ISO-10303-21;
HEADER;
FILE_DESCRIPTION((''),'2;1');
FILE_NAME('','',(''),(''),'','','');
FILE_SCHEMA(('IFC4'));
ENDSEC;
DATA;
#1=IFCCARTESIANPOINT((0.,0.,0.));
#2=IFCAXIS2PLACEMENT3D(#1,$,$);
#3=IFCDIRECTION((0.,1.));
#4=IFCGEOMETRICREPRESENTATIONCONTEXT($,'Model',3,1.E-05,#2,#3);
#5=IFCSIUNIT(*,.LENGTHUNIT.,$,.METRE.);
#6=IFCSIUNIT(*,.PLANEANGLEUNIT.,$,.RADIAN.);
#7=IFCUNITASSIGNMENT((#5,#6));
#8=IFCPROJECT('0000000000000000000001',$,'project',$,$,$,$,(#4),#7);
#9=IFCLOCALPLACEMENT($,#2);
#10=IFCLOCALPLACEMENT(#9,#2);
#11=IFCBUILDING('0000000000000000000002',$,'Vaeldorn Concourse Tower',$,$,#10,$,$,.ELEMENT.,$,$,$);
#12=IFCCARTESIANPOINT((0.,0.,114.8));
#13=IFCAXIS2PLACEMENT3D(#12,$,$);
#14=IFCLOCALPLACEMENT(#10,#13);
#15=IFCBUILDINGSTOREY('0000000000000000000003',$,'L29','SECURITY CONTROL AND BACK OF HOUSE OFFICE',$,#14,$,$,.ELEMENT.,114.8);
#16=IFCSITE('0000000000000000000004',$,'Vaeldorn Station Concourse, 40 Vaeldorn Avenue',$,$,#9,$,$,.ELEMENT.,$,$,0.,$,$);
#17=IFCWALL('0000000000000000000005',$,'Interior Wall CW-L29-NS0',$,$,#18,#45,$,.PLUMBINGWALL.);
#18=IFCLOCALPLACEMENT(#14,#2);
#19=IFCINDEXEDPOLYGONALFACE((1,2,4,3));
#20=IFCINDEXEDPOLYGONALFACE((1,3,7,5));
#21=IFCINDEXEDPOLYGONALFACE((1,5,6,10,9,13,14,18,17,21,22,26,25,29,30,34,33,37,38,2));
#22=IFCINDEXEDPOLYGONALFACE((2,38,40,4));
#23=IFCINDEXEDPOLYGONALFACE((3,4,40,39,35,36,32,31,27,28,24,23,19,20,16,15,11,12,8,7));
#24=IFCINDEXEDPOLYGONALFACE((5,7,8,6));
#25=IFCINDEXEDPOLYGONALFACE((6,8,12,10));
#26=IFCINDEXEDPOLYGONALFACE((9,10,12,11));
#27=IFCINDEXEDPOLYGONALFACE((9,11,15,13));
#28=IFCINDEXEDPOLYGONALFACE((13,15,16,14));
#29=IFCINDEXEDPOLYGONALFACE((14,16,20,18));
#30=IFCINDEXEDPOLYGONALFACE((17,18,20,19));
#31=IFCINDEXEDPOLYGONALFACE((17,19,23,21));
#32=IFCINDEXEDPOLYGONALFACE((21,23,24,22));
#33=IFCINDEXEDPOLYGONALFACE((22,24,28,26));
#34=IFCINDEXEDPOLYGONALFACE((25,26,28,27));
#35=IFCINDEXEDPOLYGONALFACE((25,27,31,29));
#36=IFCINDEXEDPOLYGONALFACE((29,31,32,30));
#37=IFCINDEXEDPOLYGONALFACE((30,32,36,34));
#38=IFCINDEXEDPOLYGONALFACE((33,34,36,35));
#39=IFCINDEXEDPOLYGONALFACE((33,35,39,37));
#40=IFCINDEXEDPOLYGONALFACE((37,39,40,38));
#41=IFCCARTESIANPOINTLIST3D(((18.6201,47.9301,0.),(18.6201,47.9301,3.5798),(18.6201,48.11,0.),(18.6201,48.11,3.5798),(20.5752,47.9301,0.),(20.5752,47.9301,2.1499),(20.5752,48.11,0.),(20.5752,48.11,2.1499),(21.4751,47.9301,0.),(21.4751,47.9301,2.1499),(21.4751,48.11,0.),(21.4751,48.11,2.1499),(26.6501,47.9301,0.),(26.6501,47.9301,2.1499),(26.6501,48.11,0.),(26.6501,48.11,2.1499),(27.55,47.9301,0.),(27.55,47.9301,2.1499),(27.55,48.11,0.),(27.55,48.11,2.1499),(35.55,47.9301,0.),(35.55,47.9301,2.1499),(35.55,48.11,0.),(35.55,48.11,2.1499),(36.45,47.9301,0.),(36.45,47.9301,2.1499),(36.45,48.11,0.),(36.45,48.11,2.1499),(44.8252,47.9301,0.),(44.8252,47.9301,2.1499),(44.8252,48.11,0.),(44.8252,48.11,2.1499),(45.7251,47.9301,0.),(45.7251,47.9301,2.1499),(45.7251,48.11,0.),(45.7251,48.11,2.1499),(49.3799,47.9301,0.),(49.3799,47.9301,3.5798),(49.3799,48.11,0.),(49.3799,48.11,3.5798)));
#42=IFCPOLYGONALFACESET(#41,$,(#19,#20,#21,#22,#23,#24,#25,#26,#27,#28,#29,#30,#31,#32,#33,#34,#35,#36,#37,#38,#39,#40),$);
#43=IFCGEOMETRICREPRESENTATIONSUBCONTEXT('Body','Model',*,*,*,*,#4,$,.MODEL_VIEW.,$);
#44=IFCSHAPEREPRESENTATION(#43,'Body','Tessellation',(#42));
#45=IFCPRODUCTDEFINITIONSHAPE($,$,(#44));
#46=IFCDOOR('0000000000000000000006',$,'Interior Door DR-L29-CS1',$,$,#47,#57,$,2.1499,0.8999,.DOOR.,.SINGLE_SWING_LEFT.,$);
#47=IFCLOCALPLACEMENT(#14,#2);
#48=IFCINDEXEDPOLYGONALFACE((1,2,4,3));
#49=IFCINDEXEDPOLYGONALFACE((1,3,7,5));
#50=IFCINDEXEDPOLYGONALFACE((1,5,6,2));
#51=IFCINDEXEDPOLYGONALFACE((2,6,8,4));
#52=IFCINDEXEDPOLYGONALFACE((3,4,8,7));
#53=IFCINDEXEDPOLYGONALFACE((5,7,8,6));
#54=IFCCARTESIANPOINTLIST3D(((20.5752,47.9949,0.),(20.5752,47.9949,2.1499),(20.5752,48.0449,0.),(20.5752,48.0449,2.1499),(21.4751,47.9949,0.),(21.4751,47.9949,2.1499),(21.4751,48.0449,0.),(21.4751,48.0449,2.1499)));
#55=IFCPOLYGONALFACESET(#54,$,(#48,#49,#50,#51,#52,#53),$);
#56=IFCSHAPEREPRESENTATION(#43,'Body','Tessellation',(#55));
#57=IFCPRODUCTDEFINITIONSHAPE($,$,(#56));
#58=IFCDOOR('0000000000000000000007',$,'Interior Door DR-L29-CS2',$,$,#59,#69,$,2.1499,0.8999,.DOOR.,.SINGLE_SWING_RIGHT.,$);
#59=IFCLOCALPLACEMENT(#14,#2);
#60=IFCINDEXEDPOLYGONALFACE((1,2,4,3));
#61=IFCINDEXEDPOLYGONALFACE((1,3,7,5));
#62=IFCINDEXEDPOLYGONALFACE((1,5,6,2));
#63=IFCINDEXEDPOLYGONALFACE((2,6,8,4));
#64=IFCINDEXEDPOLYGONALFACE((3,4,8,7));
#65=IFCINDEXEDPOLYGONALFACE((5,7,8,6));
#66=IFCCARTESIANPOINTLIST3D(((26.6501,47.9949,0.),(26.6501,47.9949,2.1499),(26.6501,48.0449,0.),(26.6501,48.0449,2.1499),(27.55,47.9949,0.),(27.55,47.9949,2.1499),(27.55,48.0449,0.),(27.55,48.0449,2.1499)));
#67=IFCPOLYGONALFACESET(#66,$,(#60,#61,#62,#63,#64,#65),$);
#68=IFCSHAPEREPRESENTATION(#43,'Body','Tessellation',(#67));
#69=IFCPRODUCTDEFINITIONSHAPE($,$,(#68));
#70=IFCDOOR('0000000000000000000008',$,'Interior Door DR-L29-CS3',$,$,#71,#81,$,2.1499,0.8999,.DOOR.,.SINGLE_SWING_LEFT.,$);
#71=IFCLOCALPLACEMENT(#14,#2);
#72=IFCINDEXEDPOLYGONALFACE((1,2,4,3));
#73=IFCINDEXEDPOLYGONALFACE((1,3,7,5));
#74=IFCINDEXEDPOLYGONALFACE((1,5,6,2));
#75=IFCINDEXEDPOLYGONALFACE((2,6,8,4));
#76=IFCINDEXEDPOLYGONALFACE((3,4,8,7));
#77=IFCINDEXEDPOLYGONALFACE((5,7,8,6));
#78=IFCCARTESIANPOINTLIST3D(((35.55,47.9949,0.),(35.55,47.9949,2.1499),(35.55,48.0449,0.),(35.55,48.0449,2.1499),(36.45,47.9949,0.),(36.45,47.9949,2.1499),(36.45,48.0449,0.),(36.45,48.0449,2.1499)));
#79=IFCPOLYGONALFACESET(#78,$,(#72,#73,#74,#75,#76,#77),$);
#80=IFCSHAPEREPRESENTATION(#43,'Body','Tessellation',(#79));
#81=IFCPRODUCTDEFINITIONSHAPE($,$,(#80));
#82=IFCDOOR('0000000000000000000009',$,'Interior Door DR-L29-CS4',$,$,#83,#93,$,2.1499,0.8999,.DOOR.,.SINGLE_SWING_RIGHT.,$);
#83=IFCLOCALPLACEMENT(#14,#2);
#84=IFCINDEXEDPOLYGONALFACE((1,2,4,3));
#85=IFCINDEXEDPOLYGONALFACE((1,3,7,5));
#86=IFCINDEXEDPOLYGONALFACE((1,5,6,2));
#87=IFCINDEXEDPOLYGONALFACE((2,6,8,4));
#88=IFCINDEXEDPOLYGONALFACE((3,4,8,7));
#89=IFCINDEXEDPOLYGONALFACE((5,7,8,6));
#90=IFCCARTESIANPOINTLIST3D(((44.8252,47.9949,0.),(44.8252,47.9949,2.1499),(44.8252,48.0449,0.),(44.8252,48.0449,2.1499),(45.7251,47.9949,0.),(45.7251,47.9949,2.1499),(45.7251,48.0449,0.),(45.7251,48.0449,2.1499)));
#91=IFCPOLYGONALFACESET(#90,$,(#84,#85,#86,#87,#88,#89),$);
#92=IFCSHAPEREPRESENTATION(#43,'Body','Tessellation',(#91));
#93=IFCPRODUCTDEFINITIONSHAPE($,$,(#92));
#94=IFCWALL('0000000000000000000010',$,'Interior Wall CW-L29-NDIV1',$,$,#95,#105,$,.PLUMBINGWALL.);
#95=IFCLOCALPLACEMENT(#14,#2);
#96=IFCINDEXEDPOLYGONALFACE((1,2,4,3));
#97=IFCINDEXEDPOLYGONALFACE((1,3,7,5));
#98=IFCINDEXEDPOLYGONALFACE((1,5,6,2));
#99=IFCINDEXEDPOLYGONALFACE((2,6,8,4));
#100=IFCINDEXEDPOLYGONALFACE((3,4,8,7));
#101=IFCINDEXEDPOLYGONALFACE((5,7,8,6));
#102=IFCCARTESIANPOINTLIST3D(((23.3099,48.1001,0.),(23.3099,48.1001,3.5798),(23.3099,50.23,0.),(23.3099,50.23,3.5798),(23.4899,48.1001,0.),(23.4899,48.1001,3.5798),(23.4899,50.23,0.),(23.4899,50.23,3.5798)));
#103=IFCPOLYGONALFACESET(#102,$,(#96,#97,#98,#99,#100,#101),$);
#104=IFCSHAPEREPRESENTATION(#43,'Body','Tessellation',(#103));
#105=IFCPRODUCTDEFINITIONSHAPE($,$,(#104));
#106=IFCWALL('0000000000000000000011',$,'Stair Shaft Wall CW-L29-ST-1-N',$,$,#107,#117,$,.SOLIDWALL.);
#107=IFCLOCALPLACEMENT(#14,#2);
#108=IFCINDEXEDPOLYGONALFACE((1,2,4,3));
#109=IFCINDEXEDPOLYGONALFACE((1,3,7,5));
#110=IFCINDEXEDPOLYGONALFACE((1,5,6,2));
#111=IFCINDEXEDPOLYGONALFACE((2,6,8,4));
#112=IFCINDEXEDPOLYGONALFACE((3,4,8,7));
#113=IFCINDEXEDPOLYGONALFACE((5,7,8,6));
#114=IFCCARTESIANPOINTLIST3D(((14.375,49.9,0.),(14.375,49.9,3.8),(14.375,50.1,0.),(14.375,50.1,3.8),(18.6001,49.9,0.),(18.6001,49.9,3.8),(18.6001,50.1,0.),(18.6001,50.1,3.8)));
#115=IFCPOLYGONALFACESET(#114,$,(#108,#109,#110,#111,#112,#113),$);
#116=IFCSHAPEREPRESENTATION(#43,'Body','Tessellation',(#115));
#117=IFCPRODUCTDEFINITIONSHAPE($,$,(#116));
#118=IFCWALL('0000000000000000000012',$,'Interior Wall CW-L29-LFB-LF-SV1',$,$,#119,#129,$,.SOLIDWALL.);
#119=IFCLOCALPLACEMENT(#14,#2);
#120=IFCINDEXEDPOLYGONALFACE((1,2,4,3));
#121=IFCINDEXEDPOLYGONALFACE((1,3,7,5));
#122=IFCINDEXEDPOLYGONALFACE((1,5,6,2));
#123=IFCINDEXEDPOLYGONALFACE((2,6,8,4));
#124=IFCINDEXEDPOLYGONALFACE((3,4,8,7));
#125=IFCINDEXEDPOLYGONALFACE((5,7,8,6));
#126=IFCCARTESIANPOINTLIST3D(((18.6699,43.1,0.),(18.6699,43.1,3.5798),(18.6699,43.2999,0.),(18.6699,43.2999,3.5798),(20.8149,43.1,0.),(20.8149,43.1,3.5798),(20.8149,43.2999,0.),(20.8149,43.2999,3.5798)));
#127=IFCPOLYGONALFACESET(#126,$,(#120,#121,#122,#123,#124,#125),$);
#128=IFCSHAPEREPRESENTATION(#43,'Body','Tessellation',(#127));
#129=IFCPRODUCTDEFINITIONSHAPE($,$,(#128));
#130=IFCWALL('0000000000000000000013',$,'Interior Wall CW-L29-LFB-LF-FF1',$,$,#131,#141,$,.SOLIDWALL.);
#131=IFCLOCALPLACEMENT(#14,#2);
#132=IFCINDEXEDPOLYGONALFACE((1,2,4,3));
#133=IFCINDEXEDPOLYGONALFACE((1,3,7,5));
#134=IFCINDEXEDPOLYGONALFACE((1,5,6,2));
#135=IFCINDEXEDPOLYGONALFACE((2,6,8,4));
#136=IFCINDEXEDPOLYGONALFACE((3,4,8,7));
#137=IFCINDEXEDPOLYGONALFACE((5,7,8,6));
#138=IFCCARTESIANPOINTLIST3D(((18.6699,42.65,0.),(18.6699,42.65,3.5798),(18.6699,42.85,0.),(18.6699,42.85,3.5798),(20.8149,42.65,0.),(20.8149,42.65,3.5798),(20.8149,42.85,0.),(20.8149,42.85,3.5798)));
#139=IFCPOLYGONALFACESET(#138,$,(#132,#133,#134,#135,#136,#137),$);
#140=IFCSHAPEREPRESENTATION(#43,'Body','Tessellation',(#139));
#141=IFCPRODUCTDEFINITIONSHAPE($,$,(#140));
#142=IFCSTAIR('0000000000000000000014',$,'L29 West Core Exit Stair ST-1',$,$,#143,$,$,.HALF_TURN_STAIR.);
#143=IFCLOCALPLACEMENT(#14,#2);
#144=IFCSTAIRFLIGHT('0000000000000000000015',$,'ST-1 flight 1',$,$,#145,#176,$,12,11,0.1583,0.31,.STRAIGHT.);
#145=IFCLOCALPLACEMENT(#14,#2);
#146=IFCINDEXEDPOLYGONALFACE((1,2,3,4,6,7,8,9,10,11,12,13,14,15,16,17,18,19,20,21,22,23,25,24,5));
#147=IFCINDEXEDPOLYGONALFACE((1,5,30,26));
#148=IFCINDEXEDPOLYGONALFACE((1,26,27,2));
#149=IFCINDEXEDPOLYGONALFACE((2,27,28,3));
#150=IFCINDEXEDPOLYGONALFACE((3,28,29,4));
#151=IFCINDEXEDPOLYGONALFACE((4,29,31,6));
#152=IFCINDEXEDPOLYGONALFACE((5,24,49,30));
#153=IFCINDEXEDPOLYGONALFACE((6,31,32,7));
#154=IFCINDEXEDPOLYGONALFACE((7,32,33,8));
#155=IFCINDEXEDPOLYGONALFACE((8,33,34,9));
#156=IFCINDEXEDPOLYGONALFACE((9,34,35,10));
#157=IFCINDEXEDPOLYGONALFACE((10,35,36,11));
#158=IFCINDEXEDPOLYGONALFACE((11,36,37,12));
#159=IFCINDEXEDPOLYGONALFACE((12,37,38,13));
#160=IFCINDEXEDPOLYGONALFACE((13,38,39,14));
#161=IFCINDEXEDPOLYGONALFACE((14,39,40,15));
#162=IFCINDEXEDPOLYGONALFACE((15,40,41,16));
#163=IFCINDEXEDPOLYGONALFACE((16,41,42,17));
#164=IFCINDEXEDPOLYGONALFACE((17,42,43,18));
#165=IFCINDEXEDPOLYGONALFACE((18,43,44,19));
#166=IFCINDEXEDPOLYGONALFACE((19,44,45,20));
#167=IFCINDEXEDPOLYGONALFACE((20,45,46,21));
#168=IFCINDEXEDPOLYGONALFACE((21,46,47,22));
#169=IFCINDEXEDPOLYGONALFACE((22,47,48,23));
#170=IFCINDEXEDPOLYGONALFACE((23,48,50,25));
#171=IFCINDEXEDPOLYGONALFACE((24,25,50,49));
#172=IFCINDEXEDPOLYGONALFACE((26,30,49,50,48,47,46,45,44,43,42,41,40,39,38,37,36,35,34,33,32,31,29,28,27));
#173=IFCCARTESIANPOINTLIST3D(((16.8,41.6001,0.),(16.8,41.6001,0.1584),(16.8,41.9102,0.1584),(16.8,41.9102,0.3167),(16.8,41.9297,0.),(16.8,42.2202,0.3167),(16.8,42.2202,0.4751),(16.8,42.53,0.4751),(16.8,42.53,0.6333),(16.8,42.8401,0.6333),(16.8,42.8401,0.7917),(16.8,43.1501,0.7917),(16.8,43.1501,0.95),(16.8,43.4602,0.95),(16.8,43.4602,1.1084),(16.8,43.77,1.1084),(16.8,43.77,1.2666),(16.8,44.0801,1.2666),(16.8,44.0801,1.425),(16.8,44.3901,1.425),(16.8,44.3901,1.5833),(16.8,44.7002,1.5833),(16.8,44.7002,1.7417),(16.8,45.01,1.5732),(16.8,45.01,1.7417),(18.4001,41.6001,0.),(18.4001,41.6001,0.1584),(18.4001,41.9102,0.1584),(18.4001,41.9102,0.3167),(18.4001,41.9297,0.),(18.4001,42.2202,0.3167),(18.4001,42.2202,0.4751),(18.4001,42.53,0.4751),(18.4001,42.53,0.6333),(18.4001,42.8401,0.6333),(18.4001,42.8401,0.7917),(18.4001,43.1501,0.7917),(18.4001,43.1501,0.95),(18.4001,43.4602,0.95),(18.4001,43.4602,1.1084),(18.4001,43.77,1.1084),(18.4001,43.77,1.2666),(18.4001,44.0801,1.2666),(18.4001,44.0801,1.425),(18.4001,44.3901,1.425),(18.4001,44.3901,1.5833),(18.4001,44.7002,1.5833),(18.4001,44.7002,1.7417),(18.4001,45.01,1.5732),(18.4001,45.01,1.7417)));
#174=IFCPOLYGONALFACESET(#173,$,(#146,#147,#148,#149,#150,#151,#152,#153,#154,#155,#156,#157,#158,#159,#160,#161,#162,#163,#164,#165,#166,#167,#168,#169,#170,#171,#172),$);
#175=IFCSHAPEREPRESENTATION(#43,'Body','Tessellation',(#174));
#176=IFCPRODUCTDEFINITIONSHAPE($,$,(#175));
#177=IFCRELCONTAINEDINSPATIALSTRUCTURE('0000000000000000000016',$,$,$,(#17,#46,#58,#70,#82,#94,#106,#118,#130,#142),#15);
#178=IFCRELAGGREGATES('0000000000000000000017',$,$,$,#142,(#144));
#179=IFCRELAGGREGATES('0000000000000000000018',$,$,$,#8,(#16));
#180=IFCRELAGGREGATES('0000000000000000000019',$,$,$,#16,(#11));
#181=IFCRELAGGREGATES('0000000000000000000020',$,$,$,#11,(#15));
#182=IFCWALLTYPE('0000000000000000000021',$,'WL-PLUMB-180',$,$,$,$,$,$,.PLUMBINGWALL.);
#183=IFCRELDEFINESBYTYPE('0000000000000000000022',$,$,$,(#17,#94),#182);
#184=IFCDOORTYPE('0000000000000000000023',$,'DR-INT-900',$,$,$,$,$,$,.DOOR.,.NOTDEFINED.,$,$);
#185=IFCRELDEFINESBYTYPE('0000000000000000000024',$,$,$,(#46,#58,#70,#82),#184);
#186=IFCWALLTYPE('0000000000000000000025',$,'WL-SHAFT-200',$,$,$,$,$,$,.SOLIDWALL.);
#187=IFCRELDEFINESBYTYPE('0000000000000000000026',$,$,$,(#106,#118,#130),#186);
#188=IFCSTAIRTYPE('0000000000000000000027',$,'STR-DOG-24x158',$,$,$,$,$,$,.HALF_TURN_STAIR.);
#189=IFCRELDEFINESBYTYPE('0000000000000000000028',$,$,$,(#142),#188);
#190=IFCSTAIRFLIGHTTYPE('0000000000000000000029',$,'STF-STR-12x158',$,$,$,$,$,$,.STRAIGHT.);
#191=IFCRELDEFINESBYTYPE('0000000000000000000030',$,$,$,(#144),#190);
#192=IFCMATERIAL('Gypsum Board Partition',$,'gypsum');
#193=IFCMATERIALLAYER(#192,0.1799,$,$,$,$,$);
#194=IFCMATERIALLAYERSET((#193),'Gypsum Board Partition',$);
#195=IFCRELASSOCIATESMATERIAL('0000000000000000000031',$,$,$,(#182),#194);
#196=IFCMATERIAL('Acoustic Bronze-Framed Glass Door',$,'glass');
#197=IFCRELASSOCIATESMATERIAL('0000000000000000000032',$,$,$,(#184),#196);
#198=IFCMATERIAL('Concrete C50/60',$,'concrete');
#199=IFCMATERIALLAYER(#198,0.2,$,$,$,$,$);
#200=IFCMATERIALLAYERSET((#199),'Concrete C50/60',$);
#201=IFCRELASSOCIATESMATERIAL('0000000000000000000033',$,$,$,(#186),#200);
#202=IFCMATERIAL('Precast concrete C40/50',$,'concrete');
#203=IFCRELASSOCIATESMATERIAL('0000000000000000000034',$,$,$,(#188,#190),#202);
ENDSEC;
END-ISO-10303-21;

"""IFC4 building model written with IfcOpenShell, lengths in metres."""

from ifc_helpers import new_model, si_unit, direction, frame, frame_2d, origin, place, context, subcontext, project, spatial, polyline, rectangle, outline, extrude, source, transform, mapped, material, layer, layer_set, type_object, element, fill, aggregate, save


model = new_model("IFC4")

# Units and contexts
model_context = context("Model", 3, precision=1e-05, world=origin(), true_north=direction((0.0, 1.0)))
body_context = subcontext(model_context, "Body", "Model", "MODEL_VIEW")
ifc_project = project(units=[si_unit("LENGTHUNIT", "METRE"), si_unit("PLANEANGLEUNIT", "RADIAN")], contexts=[model_context])

# Site, building, storey
site_placement = place(None, origin())
site = spatial("IfcSite", under=ifc_project, at=site_placement, Name="Vaeldorn Station Concourse, 40 Vaeldorn Avenue", CompositionType="ELEMENT", RefElevation=0.0)
building_placement = place(site_placement, origin())
building = spatial("IfcBuilding", under=site, at=building_placement, Name="Vaeldorn Concourse Tower", CompositionType="ELEMENT")
storey_placement = place(building_placement, frame((0.0, 0.0, 114.8)))
storey = spatial("IfcBuildingStorey", under=building, at=storey_placement, Name="L29", Description="SECURITY CONTROL AND BACK OF HOUSE OFFICE", CompositionType="ELEMENT", Elevation=114.8)

# Shared definitions
ifc_material_1 = material(Name="Gypsum Board Partition", Category="gypsum")

# Wall, openings, doors
ifc_layer_1 = layer(ifc_material_1, 0.1799)
ifc_layer_set_1 = layer_set([ifc_layer_1], Name="Gypsum Board Partition")
wall_type_1 = type_object("IfcWallType", Name="WL-PLUMB-180", PredefinedType="PLUMBINGWALL", material=ifc_layer_set_1)
wall_1_placement = place(storey_placement, frame((18.6201, 48.02, 0.0), z_axis=(0.0, 0.0, 1.0), x_axis=(1.0, 0.0, 0.0)))
wall_1 = element("IfcWall", 1, at=wall_1_placement, inside=storey, type_object=wall_type_1, Name="Interior Wall CW-L29-NS0", PredefinedType="PLUMBINGWALL", context=body_context, shape_type="SweptSolid", body=[
    extrude(rectangle(XDim=30.7598, YDim=0.1799, at=frame_2d((15.3799, 0.0))), origin(), (0.0, 0.0, 1.0), 3.5798),
])
opening_1_placement = place(wall_1_placement, frame((1.9551, 0.0, 0.0)))
opening_1 = element("IfcOpeningElement", 2, at=opening_1_placement, cuts=wall_1, PredefinedType="OPENING", context=body_context, shape_type="SweptSolid", body=[
    extrude(rectangle(XDim=0.8999, YDim=2.1499, at=frame_2d((0.45, 1.075))), frame((0.0, 0.1001, 0.0), z_axis=(0.0, -1.0, 0.0), x_axis=(1.0, 0.0, 0.0)), (0.0, 0.0, 1.0), 0.2),
])
opening_2_placement = place(wall_1_placement, frame((8.03, 0.0, 0.0)))
opening_2 = element("IfcOpeningElement", 3, at=opening_2_placement, cuts=wall_1, PredefinedType="OPENING", context=body_context, shape_type="SweptSolid", body=[
    extrude(rectangle(XDim=0.8999, YDim=2.1499, at=frame_2d((0.45, 1.075))), frame((0.0, 0.1001, 0.0), z_axis=(0.0, -1.0, 0.0), x_axis=(1.0, 0.0, 0.0)), (0.0, 0.0, 1.0), 0.2),
])
opening_3_placement = place(wall_1_placement, frame((16.9299, 0.0, 0.0)))
opening_3 = element("IfcOpeningElement", 4, at=opening_3_placement, cuts=wall_1, PredefinedType="OPENING", context=body_context, shape_type="SweptSolid", body=[
    extrude(rectangle(XDim=0.8999, YDim=2.1499, at=frame_2d((0.45, 1.075))), frame((0.0, 0.1001, 0.0), z_axis=(0.0, -1.0, 0.0), x_axis=(1.0, 0.0, 0.0)), (0.0, 0.0, 1.0), 0.2),
])
opening_4_placement = place(wall_1_placement, frame((26.2051, 0.0, 0.0)))
opening_4 = element("IfcOpeningElement", 5, at=opening_4_placement, cuts=wall_1, PredefinedType="OPENING", context=body_context, shape_type="SweptSolid", body=[
    extrude(rectangle(XDim=0.8999, YDim=2.1499, at=frame_2d((0.45, 1.075))), frame((0.0, 0.1001, 0.0), z_axis=(0.0, -1.0, 0.0), x_axis=(1.0, 0.0, 0.0)), (0.0, 0.0, 1.0), 0.2),
])
ifc_material_2 = material(Name="Acoustic Bronze-Framed Glass Door", Category="glass")
door_type_1 = type_object("IfcDoorType", Name="DR-INT-900", OperationType="NOTDEFINED", PredefinedType="DOOR", material=ifc_material_2)
shared_shape_1 = source(origin(), body_context, "Body", "SweptSolid", [
    extrude(rectangle(XDim=0.8999, YDim=2.1499, at=frame_2d((0.45, 1.075))), frame((0.0, 0.0249, 0.0), z_axis=(0.0, -1.0, 0.0), x_axis=(1.0, 0.0, 0.0)), (0.0, 0.0, 1.0), 0.05),
])
door_1_placement = place(opening_1_placement, origin())
door_1 = element("IfcDoor", 6, at=door_1_placement, inside=storey, type_object=door_type_1, Name="Interior Door DR-L29-CS1", OperationType="SINGLE_SWING_LEFT", OverallHeight=2.1499, OverallWidth=0.8999, PredefinedType="DOOR", context=body_context, shape_type="MappedRepresentation", body=[
    mapped(shared_shape_1, transform((0.0, 0.0, 0.0), scale=1.0)),
])
fill(opening_1, door_1)
door_2_placement = place(opening_2_placement, origin())
door_2 = element("IfcDoor", 7, at=door_2_placement, inside=storey, type_object=door_type_1, Name="Interior Door DR-L29-CS2", OperationType="SINGLE_SWING_RIGHT", OverallHeight=2.1499, OverallWidth=0.8999, PredefinedType="DOOR", context=body_context, shape_type="MappedRepresentation", body=[
    mapped(shared_shape_1, transform((0.0, 0.0, 0.0), scale=1.0)),
])
fill(opening_2, door_2)
door_3_placement = place(opening_3_placement, origin())
door_3 = element("IfcDoor", 8, at=door_3_placement, inside=storey, type_object=door_type_1, Name="Interior Door DR-L29-CS3", OperationType="SINGLE_SWING_LEFT", OverallHeight=2.1499, OverallWidth=0.8999, PredefinedType="DOOR", context=body_context, shape_type="MappedRepresentation", body=[
    mapped(shared_shape_1, transform((0.0, 0.0, 0.0), scale=1.0)),
])
fill(opening_3, door_3)
door_4_placement = place(opening_4_placement, origin())
door_4 = element("IfcDoor", 9, at=door_4_placement, inside=storey, type_object=door_type_1, Name="Interior Door DR-L29-CS4", OperationType="SINGLE_SWING_RIGHT", OverallHeight=2.1499, OverallWidth=0.8999, PredefinedType="DOOR", context=body_context, shape_type="MappedRepresentation", body=[
    mapped(shared_shape_1, transform((0.0, 0.0, 0.0), scale=1.0)),
])
fill(opening_4, door_4)

# Walls
wall_2_placement = place(storey_placement, frame((23.3999, 48.1001, 0.0), z_axis=(0.0, 0.0, 1.0), x_axis=(0.0, 1.0, 0.0)))
element("IfcWall", 10, at=wall_2_placement, inside=storey, type_object=wall_type_1, Name="Interior Wall CW-L29-NDIV1", PredefinedType="PLUMBINGWALL", context=body_context, shape_type="SweptSolid", body=[
    extrude(rectangle(XDim=2.1299, YDim=0.1799, at=frame_2d((1.0649, 0.0))), origin(), (0.0, 0.0, 1.0), 3.5798),
])
ifc_material_3 = material(Name="Concrete C50/60", Category="concrete")
ifc_layer_2 = layer(ifc_material_3, 0.2)
ifc_layer_set_2 = layer_set([ifc_layer_2], Name="Concrete C50/60")
wall_type_2 = type_object("IfcWallType", Name="WL-SHAFT-200", PredefinedType="SOLIDWALL", material=ifc_layer_set_2)
wall_3_placement = place(storey_placement, frame((14.375, 50.0, 0.0), z_axis=(0.0, 0.0, 1.0), x_axis=(1.0, 0.0, 0.0)))
element("IfcWall", 11, at=wall_3_placement, inside=storey, type_object=wall_type_2, Name="Stair Shaft Wall CW-L29-ST-1-N", PredefinedType="SOLIDWALL", context=body_context, shape_type="SweptSolid", body=[
    extrude(rectangle(XDim=4.2251, YDim=0.2, at=frame_2d((2.1125, 0.0))), origin(), (0.0, 0.0, 1.0), 3.8),
])

# Walls
for number, where, z_axis, x_axis, name in (
    (12, (18.6699, 43.2, 0.0), (0.0, 0.0, 1.0), (1.0, 0.0, 0.0), "Interior Wall CW-L29-LFB-LF-SV1"),
    (13, (18.6699, 42.75, 0.0), (0.0, 0.0, 1.0), (1.0, 0.0, 0.0), "Interior Wall CW-L29-LFB-LF-FF1"),
):
    element("IfcWall", number, at=place(storey_placement, frame(where, z_axis=z_axis, x_axis=x_axis)), inside=storey, type_object=wall_type_2, Name=name, PredefinedType="SOLIDWALL", context=body_context, shape_type="SweptSolid", body=[
        extrude(rectangle(XDim=2.145, YDim=0.2, at=frame_2d((1.0725, 0.0))), origin(), (0.0, 0.0, 1.0), 3.5798),
    ])

# Stair, stair flight
ifc_material_4 = material(Name="Precast concrete C40/50", Category="concrete")
stair_type = type_object("IfcStairType", Name="STR-DOG-24x158", PredefinedType="HALF_TURN_STAIR", material=ifc_material_4)
stair_placement = place(storey_placement, origin())
stair = element("IfcStair", 14, at=stair_placement, inside=storey, type_object=stair_type, Name="L29 West Core Exit Stair ST-1", PredefinedType="HALF_TURN_STAIR")
stair_flight_type = type_object("IfcStairFlightType", Name="STF-STR-12x158", PredefinedType="STRAIGHT", material=ifc_material_4)
stair_flight_1_placement = place(storey_placement, frame((17.6001, 41.6001, 0.0), z_axis=(0.0, 0.0, 1.0), x_axis=(0.0, 1.0, 0.0)))
stair_flight_1 = element("IfcStairFlight", 15, at=stair_flight_1_placement, type_object=stair_flight_type, Name="ST-1 flight 1", NumberOfRisers=12, NumberOfTreads=11, PredefinedType="STRAIGHT", RiserHeight=0.1583, TreadLength=0.31, context=body_context, shape_type="SweptSolid", body=[
    extrude(outline(polyline([(0.0, 0.0), (0.0, 0.1584), (0.3101, 0.1584), (0.3101, 0.3167), (0.6201, 0.3167), (0.6201, 0.4751), (0.9299, 0.4751), (0.9299, 0.6333), (1.24, 0.6333), (1.24, 0.7917), (1.55, 0.7917), (1.55, 0.95), (1.8601, 0.95), (1.8601, 1.1084), (2.1699, 1.1084), (2.1699, 1.2666), (2.48, 1.2666), (2.48, 1.425), (2.79, 1.425), (2.79, 1.5833), (3.1001, 1.5833), (3.1001, 1.7417), (3.4099, 1.7417), (3.4099, 1.8999), (3.4099, 1.5732), (0.3296, 0.0), (0.0, 0.0)])), frame((0.0, 0.8, 0.0), z_axis=(0.0, -1.0, 0.0), x_axis=(1.0, 0.0, 0.0)), (0.0, 0.0, 1.0), 1.6001),
])
aggregate(stair, [stair_flight_1])

save(model, "model.ifc")
